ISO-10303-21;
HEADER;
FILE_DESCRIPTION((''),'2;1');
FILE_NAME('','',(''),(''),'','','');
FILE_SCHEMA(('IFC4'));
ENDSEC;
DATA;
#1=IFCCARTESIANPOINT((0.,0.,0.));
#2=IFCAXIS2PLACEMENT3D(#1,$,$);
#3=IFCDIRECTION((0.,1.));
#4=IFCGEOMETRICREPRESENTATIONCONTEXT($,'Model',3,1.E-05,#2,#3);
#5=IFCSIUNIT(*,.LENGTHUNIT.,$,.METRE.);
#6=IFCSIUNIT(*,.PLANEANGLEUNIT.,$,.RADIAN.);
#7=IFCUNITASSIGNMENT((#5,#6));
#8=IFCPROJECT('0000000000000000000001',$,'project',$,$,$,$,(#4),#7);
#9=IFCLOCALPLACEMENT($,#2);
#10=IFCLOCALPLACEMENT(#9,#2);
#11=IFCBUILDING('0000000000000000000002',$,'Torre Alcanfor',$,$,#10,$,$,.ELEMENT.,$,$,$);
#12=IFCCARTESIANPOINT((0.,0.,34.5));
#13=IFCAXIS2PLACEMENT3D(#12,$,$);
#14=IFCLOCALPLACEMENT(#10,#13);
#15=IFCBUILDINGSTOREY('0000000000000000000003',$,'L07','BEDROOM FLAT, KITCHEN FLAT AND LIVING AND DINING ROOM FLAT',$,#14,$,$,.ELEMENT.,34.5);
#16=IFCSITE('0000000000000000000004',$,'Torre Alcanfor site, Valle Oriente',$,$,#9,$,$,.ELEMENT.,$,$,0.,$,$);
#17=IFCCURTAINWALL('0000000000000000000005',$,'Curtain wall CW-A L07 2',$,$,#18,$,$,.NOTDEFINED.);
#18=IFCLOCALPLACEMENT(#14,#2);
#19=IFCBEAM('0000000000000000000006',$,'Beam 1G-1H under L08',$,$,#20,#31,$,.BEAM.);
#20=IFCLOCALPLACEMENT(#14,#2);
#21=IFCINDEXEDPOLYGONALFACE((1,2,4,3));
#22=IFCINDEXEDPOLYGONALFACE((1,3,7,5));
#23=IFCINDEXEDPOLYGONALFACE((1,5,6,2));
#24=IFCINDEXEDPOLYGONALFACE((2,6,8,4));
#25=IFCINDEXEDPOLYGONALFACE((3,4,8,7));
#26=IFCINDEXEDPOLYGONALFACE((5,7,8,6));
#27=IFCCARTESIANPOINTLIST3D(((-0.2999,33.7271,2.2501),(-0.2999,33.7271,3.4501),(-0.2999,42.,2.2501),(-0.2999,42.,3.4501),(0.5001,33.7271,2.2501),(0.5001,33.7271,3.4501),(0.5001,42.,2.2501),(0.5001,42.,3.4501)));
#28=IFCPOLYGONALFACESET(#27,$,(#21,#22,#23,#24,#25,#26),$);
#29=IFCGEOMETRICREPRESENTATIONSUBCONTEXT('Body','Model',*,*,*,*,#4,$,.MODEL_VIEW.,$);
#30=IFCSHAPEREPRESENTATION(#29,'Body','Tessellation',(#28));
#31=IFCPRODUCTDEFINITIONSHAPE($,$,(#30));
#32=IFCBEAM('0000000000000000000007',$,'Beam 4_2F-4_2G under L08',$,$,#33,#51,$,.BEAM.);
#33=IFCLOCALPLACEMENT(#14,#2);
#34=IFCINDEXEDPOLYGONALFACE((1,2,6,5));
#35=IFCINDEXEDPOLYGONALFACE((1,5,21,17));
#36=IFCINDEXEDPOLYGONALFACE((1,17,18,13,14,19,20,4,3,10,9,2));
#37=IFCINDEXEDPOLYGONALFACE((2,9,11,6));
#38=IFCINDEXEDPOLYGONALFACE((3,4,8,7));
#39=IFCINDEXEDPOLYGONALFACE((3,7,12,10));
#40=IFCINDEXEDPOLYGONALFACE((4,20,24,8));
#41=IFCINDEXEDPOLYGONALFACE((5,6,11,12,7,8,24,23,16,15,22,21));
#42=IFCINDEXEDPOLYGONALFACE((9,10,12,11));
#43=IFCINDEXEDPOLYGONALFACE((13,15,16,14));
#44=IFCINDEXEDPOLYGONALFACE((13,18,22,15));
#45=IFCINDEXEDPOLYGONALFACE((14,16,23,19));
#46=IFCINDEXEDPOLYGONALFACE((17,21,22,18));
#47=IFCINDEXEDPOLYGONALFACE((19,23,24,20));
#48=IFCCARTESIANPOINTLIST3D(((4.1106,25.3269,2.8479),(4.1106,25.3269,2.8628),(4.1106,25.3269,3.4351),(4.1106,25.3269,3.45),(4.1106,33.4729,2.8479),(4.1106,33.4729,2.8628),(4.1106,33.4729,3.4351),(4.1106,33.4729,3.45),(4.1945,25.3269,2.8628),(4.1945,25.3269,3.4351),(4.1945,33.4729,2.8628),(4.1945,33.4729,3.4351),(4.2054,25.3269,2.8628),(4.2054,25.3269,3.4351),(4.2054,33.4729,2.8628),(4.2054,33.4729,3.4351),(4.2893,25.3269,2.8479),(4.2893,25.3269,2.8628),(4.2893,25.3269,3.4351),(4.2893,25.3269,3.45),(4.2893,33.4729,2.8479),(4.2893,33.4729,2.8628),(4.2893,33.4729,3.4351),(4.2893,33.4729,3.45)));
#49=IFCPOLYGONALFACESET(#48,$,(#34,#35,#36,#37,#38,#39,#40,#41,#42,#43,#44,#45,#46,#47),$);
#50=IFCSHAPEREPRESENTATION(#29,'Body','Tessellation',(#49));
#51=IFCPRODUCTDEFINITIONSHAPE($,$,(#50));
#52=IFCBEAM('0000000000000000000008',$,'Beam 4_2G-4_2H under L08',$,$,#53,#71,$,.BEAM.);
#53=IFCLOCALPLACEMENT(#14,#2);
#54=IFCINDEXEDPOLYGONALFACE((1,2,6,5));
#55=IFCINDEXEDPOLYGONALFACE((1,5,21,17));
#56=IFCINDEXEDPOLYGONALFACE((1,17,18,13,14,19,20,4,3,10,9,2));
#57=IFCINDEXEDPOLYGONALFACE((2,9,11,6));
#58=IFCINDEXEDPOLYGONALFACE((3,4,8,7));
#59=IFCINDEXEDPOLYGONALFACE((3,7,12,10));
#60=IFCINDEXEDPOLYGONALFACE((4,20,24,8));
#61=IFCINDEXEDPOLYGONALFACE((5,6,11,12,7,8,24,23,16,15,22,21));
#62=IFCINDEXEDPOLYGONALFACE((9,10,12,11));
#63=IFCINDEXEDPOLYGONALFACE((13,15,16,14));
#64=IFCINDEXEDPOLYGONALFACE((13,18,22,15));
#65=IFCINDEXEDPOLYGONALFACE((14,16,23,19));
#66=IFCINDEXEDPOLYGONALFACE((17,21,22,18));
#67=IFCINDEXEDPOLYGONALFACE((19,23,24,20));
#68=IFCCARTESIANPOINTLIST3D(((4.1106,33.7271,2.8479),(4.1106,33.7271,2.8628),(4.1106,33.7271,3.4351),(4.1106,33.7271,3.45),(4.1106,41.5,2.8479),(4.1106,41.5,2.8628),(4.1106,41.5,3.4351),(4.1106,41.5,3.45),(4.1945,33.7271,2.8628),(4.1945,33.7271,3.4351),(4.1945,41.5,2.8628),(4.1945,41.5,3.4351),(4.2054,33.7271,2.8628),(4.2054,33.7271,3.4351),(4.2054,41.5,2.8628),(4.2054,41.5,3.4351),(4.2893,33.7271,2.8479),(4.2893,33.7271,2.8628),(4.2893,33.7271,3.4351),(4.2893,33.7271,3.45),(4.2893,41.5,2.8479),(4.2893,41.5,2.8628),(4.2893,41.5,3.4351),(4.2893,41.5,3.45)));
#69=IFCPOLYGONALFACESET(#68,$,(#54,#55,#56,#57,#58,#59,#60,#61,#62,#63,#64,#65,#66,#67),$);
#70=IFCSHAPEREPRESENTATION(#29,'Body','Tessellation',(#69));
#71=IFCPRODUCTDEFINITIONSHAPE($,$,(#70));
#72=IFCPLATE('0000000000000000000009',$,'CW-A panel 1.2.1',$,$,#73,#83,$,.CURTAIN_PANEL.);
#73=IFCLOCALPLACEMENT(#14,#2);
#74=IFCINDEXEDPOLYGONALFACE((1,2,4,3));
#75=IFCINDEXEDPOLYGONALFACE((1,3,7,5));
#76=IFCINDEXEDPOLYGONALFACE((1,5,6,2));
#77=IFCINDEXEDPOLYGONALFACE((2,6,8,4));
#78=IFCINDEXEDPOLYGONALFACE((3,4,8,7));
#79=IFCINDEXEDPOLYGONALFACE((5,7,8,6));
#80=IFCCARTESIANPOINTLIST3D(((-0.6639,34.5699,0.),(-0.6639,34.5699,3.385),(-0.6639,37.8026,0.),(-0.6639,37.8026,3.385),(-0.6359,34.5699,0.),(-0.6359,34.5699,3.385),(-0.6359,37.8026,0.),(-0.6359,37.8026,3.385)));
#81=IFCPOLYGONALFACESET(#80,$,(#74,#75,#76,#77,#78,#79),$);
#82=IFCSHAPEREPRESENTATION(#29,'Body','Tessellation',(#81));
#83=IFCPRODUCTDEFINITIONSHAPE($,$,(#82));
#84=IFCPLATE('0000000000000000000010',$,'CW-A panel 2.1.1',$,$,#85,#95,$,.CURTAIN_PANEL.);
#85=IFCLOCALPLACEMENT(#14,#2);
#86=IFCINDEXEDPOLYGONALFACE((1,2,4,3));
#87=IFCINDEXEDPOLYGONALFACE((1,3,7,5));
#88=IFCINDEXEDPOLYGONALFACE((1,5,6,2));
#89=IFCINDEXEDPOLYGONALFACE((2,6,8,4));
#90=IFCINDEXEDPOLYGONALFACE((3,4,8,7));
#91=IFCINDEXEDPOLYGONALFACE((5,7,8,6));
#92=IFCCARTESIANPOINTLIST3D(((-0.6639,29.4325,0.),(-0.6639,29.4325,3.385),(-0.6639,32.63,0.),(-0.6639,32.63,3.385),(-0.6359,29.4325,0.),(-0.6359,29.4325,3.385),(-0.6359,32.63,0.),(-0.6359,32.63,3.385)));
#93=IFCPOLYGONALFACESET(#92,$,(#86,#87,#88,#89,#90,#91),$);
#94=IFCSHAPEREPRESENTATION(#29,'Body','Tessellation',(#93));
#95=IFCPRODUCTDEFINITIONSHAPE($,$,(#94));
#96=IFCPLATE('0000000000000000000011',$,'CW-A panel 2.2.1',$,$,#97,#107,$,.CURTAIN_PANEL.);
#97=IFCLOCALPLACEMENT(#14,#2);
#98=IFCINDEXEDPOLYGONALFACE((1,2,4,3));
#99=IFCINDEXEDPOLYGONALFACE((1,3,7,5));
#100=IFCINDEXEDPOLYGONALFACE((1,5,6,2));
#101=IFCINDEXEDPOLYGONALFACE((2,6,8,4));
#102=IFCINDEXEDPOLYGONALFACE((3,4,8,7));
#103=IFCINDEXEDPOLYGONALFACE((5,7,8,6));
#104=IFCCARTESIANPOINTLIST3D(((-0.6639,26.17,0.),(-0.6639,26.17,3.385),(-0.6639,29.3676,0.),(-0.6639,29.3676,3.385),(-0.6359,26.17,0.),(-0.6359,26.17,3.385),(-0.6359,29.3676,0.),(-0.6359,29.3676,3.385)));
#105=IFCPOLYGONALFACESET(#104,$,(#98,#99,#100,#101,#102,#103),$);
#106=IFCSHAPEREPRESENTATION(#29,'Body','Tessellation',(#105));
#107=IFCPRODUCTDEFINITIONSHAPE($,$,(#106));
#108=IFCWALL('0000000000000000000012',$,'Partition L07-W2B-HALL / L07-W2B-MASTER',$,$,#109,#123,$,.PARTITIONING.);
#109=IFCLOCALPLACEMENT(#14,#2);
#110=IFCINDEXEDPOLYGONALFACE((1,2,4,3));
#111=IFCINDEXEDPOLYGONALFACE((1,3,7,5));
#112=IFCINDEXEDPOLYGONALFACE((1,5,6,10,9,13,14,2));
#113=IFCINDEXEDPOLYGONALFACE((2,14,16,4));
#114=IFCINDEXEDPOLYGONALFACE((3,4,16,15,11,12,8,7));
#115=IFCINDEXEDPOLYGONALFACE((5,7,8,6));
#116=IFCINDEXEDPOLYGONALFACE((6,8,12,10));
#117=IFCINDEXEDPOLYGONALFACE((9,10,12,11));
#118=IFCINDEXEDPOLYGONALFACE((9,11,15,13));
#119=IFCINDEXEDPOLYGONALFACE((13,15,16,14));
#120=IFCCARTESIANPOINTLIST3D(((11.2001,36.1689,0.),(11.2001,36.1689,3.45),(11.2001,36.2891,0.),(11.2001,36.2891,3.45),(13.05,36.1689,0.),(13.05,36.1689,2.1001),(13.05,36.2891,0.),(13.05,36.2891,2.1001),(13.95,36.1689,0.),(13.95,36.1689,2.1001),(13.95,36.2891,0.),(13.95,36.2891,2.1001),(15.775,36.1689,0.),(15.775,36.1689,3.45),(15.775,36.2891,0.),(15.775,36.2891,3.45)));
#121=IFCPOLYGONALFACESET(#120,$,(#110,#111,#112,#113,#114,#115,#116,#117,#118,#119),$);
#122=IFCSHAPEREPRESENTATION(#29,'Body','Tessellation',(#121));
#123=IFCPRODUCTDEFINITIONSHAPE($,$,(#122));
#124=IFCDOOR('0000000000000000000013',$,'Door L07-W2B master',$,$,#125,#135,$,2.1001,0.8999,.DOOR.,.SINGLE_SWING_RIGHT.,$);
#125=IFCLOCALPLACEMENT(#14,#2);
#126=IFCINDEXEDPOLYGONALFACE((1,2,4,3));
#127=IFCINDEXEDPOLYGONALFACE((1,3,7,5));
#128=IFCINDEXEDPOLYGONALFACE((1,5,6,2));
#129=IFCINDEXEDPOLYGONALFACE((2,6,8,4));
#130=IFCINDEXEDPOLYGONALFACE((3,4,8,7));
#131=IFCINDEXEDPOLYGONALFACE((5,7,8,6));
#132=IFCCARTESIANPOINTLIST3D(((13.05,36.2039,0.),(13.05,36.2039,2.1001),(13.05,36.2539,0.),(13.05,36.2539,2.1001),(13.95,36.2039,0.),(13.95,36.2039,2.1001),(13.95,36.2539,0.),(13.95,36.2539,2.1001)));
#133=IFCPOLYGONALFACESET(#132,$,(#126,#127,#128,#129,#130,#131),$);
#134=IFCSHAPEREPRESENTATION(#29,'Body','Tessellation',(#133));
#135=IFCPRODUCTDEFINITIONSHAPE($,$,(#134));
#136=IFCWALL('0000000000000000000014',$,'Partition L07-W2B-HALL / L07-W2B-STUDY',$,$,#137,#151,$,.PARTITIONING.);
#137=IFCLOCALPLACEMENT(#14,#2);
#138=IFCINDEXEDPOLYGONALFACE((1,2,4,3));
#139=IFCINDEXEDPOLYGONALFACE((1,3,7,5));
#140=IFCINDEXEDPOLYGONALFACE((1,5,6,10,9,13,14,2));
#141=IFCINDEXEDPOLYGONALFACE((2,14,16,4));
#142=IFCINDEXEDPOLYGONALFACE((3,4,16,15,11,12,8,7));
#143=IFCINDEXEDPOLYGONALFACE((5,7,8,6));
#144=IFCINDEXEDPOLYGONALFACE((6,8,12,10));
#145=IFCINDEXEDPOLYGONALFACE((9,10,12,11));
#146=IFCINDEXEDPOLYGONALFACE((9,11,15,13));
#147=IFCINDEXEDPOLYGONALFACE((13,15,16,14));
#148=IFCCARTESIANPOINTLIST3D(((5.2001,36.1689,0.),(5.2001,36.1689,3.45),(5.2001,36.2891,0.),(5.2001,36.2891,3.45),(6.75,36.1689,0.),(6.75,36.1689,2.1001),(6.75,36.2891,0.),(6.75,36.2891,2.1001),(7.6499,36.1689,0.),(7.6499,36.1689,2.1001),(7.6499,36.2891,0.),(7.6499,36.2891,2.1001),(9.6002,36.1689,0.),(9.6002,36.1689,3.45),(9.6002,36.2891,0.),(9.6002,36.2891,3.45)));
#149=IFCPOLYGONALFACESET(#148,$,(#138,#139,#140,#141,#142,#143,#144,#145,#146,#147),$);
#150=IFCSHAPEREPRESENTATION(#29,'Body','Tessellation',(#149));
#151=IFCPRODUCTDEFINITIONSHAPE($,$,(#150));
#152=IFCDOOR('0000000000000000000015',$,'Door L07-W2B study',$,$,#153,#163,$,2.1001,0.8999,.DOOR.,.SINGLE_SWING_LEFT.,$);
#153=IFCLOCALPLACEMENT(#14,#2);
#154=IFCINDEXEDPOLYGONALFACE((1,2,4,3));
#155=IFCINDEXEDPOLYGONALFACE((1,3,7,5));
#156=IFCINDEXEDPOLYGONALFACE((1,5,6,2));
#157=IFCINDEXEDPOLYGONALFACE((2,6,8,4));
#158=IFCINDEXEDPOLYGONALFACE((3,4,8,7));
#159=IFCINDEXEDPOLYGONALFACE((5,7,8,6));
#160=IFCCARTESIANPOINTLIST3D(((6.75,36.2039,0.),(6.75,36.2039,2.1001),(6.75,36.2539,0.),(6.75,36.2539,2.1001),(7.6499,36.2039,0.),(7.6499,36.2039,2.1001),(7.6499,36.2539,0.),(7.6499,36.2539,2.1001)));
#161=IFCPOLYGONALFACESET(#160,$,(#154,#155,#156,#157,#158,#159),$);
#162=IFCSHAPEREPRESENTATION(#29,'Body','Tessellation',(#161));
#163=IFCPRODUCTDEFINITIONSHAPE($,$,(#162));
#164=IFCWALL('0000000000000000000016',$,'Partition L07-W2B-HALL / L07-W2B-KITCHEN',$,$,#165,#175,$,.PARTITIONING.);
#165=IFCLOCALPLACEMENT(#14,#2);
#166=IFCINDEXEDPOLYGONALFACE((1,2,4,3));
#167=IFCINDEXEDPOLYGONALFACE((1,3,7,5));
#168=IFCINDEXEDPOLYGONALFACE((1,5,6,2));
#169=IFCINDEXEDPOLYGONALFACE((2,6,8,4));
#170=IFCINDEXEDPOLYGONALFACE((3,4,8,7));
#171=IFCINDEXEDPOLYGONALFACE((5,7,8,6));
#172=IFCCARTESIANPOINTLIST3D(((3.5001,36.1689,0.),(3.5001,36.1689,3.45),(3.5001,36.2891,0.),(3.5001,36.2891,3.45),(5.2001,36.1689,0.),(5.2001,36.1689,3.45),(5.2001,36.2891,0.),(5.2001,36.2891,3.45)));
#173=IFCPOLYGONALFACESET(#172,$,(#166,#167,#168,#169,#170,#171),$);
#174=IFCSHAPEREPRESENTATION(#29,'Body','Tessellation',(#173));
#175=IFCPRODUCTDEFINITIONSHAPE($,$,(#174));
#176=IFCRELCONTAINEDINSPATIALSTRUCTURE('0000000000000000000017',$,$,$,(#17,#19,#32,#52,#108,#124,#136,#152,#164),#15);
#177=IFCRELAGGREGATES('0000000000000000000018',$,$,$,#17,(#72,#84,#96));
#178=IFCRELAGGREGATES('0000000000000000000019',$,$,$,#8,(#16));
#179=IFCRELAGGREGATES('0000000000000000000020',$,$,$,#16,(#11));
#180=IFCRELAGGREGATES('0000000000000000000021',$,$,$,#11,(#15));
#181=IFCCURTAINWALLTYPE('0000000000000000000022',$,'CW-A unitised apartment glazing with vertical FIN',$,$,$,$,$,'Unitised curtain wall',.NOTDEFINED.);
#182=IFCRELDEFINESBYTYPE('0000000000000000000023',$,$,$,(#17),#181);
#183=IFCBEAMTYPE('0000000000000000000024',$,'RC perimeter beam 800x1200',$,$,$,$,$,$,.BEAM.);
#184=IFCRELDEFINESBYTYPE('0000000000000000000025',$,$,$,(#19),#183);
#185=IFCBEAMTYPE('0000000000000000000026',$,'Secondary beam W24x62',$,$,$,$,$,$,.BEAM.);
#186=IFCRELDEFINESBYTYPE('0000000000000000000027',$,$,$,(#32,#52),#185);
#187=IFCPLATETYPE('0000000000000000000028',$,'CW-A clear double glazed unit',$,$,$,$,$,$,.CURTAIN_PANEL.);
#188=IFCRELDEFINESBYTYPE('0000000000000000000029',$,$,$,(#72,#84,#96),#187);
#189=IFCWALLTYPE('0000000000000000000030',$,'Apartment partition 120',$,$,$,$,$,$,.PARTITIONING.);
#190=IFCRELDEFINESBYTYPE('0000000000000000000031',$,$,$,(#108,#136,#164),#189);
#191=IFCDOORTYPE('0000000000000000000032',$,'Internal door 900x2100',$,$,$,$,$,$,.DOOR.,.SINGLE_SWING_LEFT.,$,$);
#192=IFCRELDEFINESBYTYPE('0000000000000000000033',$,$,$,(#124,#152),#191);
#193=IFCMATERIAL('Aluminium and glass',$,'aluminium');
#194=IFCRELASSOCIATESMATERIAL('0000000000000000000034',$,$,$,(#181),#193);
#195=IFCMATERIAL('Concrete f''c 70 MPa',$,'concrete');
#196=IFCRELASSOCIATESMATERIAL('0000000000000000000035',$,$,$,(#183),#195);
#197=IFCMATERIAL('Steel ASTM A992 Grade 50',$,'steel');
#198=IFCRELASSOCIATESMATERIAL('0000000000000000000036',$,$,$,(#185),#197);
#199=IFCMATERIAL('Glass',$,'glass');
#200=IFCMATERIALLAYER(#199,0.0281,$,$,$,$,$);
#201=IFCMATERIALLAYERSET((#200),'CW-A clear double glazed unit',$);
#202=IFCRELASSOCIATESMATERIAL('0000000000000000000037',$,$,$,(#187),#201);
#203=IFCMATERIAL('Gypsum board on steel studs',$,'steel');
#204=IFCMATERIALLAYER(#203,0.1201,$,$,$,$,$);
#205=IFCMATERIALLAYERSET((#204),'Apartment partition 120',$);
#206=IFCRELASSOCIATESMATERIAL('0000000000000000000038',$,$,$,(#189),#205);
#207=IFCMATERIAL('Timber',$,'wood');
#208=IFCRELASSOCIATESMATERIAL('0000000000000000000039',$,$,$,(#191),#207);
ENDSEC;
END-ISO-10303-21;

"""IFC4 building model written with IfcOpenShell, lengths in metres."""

from ifc_helpers import new_model, si_unit, direction, frame, frame_2d, origin, origin_2d, place, context, subcontext, project, spatial, rectangle, i_section, extrude, material, layer, layer_set, material_profile, profile_set, type_object, element, fill, aggregate, save


model = new_model("IFC4")

# Units and contexts
model_context = context("Model", 3, precision=1e-05, world=origin(), true_north=direction((0.0, 1.0)))
body_context = subcontext(model_context, "Body", "Model", "MODEL_VIEW")
ifc_project = project(units=[si_unit("LENGTHUNIT", "METRE"), si_unit("PLANEANGLEUNIT", "RADIAN")], contexts=[model_context])

# Site, building, storey
site_placement = place(None, origin())
site = spatial("IfcSite", under=ifc_project, at=site_placement, Name="Torre Alcanfor site, Valle Oriente", CompositionType="ELEMENT", RefElevation=0.0)
building_placement = place(site_placement, origin())
building = spatial("IfcBuilding", under=site, at=building_placement, Name="Torre Alcanfor", CompositionType="ELEMENT")
storey_placement = place(building_placement, frame((0.0, 0.0, 34.5)))
storey = spatial("IfcBuildingStorey", under=building, at=storey_placement, Name="L07", Description="BEDROOM FLAT, KITCHEN FLAT AND LIVING AND DINING ROOM FLAT", CompositionType="ELEMENT", Elevation=34.5)

# Curtain wall
ifc_material_1 = material(Name="Aluminium and glass", Category="aluminium")
curtain_wall_type = type_object("IfcCurtainWallType", Name="CW-A unitised apartment glazing with vertical FIN", ElementType="Unitised curtain wall", PredefinedType="NOTDEFINED", material=ifc_material_1)
curtain_wall_placement = place(storey_placement, origin())
curtain_wall = element("IfcCurtainWall", 1, at=curtain_wall_placement, inside=storey, type_object=curtain_wall_type, Name="Curtain wall CW-A L07 2", PredefinedType="NOTDEFINED")

# Beams
ifc_material_2 = material(Name="Concrete f'c 70 MPa", Category="concrete")
ifc_material_profile_1 = material_profile(ifc_material_2, rectangle(XDim=0.8, YDim=1.2, at=origin_2d()), Name="800x1200")
ifc_profile_set_1 = profile_set([ifc_material_profile_1], Name="Concrete f'c 70 MPa")
beam_type_1 = type_object("IfcBeamType", Name="RC perimeter beam 800x1200", PredefinedType="BEAM", material=ifc_profile_set_1)
beam_1_placement = place(storey_placement, frame((0.1001, 33.7271, 2.8501), z_axis=(0.0, 1.0, 0.0), x_axis=(-1.0, 0.0, 0.0)))
element("IfcBeam", 2, at=beam_1_placement, inside=storey, type_object=beam_type_1, Name="Beam 1G-1H under L08", PredefinedType="BEAM", context=body_context, shape_type="SweptSolid", body=[
    extrude(rectangle(XDim=0.8, YDim=1.2, at=origin_2d()), origin(), (0.0, 0.0, 1.0), 8.2729),
])
ifc_material_3 = material(Name="Steel ASTM A992 Grade 50", Category="steel")
ifc_material_profile_2 = material_profile(ifc_material_3, i_section(OverallWidth=0.1787, OverallDepth=0.6021, WebThickness=0.011, FlangeThickness=0.0149, at=origin_2d()), Name="W24x62")
ifc_profile_set_2 = profile_set([ifc_material_profile_2], Name="Steel ASTM A992 Grade 50")
beam_type_2 = type_object("IfcBeamType", Name="Secondary beam W24x62", PredefinedType="BEAM", material=ifc_profile_set_2)
beam_2_placement = place(storey_placement, frame((4.2, 25.3269, 3.1489), z_axis=(0.0, 1.0, 0.0), x_axis=(-1.0, 0.0, 0.0)))
element("IfcBeam", 3, at=beam_2_placement, inside=storey, type_object=beam_type_2, Name="Beam 4_2F-4_2G under L08", PredefinedType="BEAM", context=body_context, shape_type="SweptSolid", body=[
    extrude(i_section(OverallWidth=0.1787, OverallDepth=0.6021, WebThickness=0.011, FlangeThickness=0.0149, at=origin_2d()), origin(), (0.0, 0.0, 1.0), 8.146),
])
beam_3_placement = place(storey_placement, frame((4.2, 33.7271, 3.1489), z_axis=(0.0, 1.0, 0.0), x_axis=(-1.0, 0.0, 0.0)))
element("IfcBeam", 4, at=beam_3_placement, inside=storey, type_object=beam_type_2, Name="Beam 4_2G-4_2H under L08", PredefinedType="BEAM", context=body_context, shape_type="SweptSolid", body=[
    extrude(i_section(OverallWidth=0.1787, OverallDepth=0.6021, WebThickness=0.011, FlangeThickness=0.0149, at=origin_2d()), origin(), (0.0, 0.0, 1.0), 7.7729),
])

# Plates
ifc_material_4 = material(Name="Glass", Category="glass")
ifc_layer_1 = layer(ifc_material_4, 0.0281)
ifc_layer_set_1 = layer_set([ifc_layer_1], Name="CW-A clear double glazed unit")
plate_type = type_object("IfcPlateType", Name="CW-A clear double glazed unit", PredefinedType="CURTAIN_PANEL", material=ifc_layer_set_1)
plate_1_placement = place(storey_placement, frame((-0.6499, 36.1863, 0.0), z_axis=(0.0, 0.0, 1.0), x_axis=(0.0, -1.0, 0.0)))
plate_1 = element("IfcPlate", 5, at=plate_1_placement, type_object=plate_type, Name="CW-A panel 1.2.1", PredefinedType="CURTAIN_PANEL", context=body_context, shape_type="SweptSolid", body=[
    extrude(rectangle(XDim=3.2327, YDim=0.0281, at=origin_2d()), origin(), (0.0, 0.0, 1.0), 3.385),
])
plate_2_placement = place(storey_placement, frame((-0.6499, 31.0312, 0.0), z_axis=(0.0, 0.0, 1.0), x_axis=(0.0, -1.0, 0.0)))
plate_2 = element("IfcPlate", 6, at=plate_2_placement, type_object=plate_type, Name="CW-A panel 2.1.1", PredefinedType="CURTAIN_PANEL", context=body_context, shape_type="SweptSolid", body=[
    extrude(rectangle(XDim=3.1975, YDim=0.0281, at=origin_2d()), origin(), (0.0, 0.0, 1.0), 3.385),
])
plate_3_placement = place(storey_placement, frame((-0.6499, 27.7688, 0.0), z_axis=(0.0, 0.0, 1.0), x_axis=(0.0, -1.0, 0.0)))
plate_3 = element("IfcPlate", 7, at=plate_3_placement, type_object=plate_type, Name="CW-A panel 2.2.1", PredefinedType="CURTAIN_PANEL", context=body_context, shape_type="SweptSolid", body=[
    extrude(rectangle(XDim=3.1975, YDim=0.0281, at=origin_2d()), origin(), (0.0, 0.0, 1.0), 3.385),
])
aggregate(curtain_wall, [plate_1, plate_2, plate_3])

# Walls, openings, doors
ifc_material_5 = material(Name="Gypsum board on steel studs", Category="steel")
ifc_layer_2 = layer(ifc_material_5, 0.1201)
ifc_layer_set_2 = layer_set([ifc_layer_2], Name="Apartment partition 120")
wall_type_1 = type_object("IfcWallType", Name="Apartment partition 120", PredefinedType="PARTITIONING", material=ifc_layer_set_2)
wall_1_placement = place(storey_placement, frame((11.2, 36.229, 0.0), z_axis=(0.0, 0.0, 1.0), x_axis=(1.0, 0.0, 0.0)))
wall_1 = element("IfcWall", 8, at=wall_1_placement, inside=storey, type_object=wall_type_1, Name="Partition L07-W2B-HALL / L07-W2B-MASTER", PredefinedType="PARTITIONING", context=body_context, shape_type="SweptSolid", body=[
    extrude(rectangle(XDim=4.575, YDim=0.1201, at=frame_2d((2.2876, 0.0))), origin(), (0.0, 0.0, 1.0), 3.45),
])
opening_1_placement = place(wall_1_placement, frame((1.8501, 0.0, 0.0)))
opening_1 = element("IfcOpeningElement", 9, at=opening_1_placement, cuts=wall_1, PredefinedType="OPENING", context=body_context, shape_type="SweptSolid", body=[
    extrude(rectangle(XDim=0.8999, YDim=2.1001, at=frame_2d((0.45, 1.05))), frame((0.0, 0.0701, 0.0), z_axis=(0.0, -1.0, 0.0), x_axis=(1.0, 0.0, 0.0)), (0.0, 0.0, 1.0), 0.1401),
])
ifc_material_6 = material(Name="Timber", Category="wood")
door_type_1 = type_object("IfcDoorType", Name="Internal door 900x2100", OperationType="SINGLE_SWING_LEFT", PredefinedType="DOOR", material=ifc_material_6)
door_1_placement = place(opening_1_placement, origin())
door_1 = element("IfcDoor", 10, at=door_1_placement, inside=storey, type_object=door_type_1, Name="Door L07-W2B master", OperationType="SINGLE_SWING_RIGHT", OverallHeight=2.1001, OverallWidth=0.8999, PredefinedType="DOOR", context=body_context, shape_type="SweptSolid", body=[
    extrude(rectangle(XDim=0.8999, YDim=2.1001, at=frame_2d((0.45, 1.05))), frame((0.0, 0.0249, 0.0), z_axis=(0.0, -1.0, 0.0), x_axis=(1.0, 0.0, 0.0)), (0.0, 0.0, 1.0), 0.05),
])
fill(opening_1, door_1)
wall_2_placement = place(storey_placement, frame((5.2, 36.229, 0.0), z_axis=(0.0, 0.0, 1.0), x_axis=(1.0, 0.0, 0.0)))
wall_2 = element("IfcWall", 11, at=wall_2_placement, inside=storey, type_object=wall_type_1, Name="Partition L07-W2B-HALL / L07-W2B-STUDY", PredefinedType="PARTITIONING", context=body_context, shape_type="SweptSolid", body=[
    extrude(rectangle(XDim=4.4001, YDim=0.1201, at=frame_2d((2.2002, 0.0))), origin(), (0.0, 0.0, 1.0), 3.45),
])
opening_2_placement = place(wall_2_placement, frame((1.55, 0.0, 0.0)))
opening_2 = element("IfcOpeningElement", 12, at=opening_2_placement, cuts=wall_2, PredefinedType="OPENING", context=body_context, shape_type="SweptSolid", body=[
    extrude(rectangle(XDim=0.8999, YDim=2.1001, at=frame_2d((0.45, 1.05))), frame((0.0, 0.0701, 0.0), z_axis=(0.0, -1.0, 0.0), x_axis=(1.0, 0.0, 0.0)), (0.0, 0.0, 1.0), 0.1401),
])
door_2_placement = place(opening_2_placement, origin())
door_2 = element("IfcDoor", 13, at=door_2_placement, inside=storey, type_object=door_type_1, Name="Door L07-W2B study", OperationType="SINGLE_SWING_LEFT", OverallHeight=2.1001, OverallWidth=0.8999, PredefinedType="DOOR", context=body_context, shape_type="SweptSolid", body=[
    extrude(rectangle(XDim=0.8999, YDim=2.1001, at=frame_2d((0.45, 1.05))), frame((0.0, 0.0249, 0.0), z_axis=(0.0, -1.0, 0.0), x_axis=(1.0, 0.0, 0.0)), (0.0, 0.0, 1.0), 0.05),
])
fill(opening_2, door_2)

# Wall
wall_3_placement = place(storey_placement, frame((3.5, 36.229, 0.0), z_axis=(0.0, 0.0, 1.0), x_axis=(1.0, 0.0, 0.0)))
element("IfcWall", 14, at=wall_3_placement, inside=storey, type_object=wall_type_1, Name="Partition L07-W2B-HALL / L07-W2B-KITCHEN", PredefinedType="PARTITIONING", context=body_context, shape_type="SweptSolid", body=[
    extrude(rectangle(XDim=1.7, YDim=0.1201, at=frame_2d((0.8501, 0.0))), origin(), (0.0, 0.0, 1.0), 3.45),
])

save(model, "model.ifc")
